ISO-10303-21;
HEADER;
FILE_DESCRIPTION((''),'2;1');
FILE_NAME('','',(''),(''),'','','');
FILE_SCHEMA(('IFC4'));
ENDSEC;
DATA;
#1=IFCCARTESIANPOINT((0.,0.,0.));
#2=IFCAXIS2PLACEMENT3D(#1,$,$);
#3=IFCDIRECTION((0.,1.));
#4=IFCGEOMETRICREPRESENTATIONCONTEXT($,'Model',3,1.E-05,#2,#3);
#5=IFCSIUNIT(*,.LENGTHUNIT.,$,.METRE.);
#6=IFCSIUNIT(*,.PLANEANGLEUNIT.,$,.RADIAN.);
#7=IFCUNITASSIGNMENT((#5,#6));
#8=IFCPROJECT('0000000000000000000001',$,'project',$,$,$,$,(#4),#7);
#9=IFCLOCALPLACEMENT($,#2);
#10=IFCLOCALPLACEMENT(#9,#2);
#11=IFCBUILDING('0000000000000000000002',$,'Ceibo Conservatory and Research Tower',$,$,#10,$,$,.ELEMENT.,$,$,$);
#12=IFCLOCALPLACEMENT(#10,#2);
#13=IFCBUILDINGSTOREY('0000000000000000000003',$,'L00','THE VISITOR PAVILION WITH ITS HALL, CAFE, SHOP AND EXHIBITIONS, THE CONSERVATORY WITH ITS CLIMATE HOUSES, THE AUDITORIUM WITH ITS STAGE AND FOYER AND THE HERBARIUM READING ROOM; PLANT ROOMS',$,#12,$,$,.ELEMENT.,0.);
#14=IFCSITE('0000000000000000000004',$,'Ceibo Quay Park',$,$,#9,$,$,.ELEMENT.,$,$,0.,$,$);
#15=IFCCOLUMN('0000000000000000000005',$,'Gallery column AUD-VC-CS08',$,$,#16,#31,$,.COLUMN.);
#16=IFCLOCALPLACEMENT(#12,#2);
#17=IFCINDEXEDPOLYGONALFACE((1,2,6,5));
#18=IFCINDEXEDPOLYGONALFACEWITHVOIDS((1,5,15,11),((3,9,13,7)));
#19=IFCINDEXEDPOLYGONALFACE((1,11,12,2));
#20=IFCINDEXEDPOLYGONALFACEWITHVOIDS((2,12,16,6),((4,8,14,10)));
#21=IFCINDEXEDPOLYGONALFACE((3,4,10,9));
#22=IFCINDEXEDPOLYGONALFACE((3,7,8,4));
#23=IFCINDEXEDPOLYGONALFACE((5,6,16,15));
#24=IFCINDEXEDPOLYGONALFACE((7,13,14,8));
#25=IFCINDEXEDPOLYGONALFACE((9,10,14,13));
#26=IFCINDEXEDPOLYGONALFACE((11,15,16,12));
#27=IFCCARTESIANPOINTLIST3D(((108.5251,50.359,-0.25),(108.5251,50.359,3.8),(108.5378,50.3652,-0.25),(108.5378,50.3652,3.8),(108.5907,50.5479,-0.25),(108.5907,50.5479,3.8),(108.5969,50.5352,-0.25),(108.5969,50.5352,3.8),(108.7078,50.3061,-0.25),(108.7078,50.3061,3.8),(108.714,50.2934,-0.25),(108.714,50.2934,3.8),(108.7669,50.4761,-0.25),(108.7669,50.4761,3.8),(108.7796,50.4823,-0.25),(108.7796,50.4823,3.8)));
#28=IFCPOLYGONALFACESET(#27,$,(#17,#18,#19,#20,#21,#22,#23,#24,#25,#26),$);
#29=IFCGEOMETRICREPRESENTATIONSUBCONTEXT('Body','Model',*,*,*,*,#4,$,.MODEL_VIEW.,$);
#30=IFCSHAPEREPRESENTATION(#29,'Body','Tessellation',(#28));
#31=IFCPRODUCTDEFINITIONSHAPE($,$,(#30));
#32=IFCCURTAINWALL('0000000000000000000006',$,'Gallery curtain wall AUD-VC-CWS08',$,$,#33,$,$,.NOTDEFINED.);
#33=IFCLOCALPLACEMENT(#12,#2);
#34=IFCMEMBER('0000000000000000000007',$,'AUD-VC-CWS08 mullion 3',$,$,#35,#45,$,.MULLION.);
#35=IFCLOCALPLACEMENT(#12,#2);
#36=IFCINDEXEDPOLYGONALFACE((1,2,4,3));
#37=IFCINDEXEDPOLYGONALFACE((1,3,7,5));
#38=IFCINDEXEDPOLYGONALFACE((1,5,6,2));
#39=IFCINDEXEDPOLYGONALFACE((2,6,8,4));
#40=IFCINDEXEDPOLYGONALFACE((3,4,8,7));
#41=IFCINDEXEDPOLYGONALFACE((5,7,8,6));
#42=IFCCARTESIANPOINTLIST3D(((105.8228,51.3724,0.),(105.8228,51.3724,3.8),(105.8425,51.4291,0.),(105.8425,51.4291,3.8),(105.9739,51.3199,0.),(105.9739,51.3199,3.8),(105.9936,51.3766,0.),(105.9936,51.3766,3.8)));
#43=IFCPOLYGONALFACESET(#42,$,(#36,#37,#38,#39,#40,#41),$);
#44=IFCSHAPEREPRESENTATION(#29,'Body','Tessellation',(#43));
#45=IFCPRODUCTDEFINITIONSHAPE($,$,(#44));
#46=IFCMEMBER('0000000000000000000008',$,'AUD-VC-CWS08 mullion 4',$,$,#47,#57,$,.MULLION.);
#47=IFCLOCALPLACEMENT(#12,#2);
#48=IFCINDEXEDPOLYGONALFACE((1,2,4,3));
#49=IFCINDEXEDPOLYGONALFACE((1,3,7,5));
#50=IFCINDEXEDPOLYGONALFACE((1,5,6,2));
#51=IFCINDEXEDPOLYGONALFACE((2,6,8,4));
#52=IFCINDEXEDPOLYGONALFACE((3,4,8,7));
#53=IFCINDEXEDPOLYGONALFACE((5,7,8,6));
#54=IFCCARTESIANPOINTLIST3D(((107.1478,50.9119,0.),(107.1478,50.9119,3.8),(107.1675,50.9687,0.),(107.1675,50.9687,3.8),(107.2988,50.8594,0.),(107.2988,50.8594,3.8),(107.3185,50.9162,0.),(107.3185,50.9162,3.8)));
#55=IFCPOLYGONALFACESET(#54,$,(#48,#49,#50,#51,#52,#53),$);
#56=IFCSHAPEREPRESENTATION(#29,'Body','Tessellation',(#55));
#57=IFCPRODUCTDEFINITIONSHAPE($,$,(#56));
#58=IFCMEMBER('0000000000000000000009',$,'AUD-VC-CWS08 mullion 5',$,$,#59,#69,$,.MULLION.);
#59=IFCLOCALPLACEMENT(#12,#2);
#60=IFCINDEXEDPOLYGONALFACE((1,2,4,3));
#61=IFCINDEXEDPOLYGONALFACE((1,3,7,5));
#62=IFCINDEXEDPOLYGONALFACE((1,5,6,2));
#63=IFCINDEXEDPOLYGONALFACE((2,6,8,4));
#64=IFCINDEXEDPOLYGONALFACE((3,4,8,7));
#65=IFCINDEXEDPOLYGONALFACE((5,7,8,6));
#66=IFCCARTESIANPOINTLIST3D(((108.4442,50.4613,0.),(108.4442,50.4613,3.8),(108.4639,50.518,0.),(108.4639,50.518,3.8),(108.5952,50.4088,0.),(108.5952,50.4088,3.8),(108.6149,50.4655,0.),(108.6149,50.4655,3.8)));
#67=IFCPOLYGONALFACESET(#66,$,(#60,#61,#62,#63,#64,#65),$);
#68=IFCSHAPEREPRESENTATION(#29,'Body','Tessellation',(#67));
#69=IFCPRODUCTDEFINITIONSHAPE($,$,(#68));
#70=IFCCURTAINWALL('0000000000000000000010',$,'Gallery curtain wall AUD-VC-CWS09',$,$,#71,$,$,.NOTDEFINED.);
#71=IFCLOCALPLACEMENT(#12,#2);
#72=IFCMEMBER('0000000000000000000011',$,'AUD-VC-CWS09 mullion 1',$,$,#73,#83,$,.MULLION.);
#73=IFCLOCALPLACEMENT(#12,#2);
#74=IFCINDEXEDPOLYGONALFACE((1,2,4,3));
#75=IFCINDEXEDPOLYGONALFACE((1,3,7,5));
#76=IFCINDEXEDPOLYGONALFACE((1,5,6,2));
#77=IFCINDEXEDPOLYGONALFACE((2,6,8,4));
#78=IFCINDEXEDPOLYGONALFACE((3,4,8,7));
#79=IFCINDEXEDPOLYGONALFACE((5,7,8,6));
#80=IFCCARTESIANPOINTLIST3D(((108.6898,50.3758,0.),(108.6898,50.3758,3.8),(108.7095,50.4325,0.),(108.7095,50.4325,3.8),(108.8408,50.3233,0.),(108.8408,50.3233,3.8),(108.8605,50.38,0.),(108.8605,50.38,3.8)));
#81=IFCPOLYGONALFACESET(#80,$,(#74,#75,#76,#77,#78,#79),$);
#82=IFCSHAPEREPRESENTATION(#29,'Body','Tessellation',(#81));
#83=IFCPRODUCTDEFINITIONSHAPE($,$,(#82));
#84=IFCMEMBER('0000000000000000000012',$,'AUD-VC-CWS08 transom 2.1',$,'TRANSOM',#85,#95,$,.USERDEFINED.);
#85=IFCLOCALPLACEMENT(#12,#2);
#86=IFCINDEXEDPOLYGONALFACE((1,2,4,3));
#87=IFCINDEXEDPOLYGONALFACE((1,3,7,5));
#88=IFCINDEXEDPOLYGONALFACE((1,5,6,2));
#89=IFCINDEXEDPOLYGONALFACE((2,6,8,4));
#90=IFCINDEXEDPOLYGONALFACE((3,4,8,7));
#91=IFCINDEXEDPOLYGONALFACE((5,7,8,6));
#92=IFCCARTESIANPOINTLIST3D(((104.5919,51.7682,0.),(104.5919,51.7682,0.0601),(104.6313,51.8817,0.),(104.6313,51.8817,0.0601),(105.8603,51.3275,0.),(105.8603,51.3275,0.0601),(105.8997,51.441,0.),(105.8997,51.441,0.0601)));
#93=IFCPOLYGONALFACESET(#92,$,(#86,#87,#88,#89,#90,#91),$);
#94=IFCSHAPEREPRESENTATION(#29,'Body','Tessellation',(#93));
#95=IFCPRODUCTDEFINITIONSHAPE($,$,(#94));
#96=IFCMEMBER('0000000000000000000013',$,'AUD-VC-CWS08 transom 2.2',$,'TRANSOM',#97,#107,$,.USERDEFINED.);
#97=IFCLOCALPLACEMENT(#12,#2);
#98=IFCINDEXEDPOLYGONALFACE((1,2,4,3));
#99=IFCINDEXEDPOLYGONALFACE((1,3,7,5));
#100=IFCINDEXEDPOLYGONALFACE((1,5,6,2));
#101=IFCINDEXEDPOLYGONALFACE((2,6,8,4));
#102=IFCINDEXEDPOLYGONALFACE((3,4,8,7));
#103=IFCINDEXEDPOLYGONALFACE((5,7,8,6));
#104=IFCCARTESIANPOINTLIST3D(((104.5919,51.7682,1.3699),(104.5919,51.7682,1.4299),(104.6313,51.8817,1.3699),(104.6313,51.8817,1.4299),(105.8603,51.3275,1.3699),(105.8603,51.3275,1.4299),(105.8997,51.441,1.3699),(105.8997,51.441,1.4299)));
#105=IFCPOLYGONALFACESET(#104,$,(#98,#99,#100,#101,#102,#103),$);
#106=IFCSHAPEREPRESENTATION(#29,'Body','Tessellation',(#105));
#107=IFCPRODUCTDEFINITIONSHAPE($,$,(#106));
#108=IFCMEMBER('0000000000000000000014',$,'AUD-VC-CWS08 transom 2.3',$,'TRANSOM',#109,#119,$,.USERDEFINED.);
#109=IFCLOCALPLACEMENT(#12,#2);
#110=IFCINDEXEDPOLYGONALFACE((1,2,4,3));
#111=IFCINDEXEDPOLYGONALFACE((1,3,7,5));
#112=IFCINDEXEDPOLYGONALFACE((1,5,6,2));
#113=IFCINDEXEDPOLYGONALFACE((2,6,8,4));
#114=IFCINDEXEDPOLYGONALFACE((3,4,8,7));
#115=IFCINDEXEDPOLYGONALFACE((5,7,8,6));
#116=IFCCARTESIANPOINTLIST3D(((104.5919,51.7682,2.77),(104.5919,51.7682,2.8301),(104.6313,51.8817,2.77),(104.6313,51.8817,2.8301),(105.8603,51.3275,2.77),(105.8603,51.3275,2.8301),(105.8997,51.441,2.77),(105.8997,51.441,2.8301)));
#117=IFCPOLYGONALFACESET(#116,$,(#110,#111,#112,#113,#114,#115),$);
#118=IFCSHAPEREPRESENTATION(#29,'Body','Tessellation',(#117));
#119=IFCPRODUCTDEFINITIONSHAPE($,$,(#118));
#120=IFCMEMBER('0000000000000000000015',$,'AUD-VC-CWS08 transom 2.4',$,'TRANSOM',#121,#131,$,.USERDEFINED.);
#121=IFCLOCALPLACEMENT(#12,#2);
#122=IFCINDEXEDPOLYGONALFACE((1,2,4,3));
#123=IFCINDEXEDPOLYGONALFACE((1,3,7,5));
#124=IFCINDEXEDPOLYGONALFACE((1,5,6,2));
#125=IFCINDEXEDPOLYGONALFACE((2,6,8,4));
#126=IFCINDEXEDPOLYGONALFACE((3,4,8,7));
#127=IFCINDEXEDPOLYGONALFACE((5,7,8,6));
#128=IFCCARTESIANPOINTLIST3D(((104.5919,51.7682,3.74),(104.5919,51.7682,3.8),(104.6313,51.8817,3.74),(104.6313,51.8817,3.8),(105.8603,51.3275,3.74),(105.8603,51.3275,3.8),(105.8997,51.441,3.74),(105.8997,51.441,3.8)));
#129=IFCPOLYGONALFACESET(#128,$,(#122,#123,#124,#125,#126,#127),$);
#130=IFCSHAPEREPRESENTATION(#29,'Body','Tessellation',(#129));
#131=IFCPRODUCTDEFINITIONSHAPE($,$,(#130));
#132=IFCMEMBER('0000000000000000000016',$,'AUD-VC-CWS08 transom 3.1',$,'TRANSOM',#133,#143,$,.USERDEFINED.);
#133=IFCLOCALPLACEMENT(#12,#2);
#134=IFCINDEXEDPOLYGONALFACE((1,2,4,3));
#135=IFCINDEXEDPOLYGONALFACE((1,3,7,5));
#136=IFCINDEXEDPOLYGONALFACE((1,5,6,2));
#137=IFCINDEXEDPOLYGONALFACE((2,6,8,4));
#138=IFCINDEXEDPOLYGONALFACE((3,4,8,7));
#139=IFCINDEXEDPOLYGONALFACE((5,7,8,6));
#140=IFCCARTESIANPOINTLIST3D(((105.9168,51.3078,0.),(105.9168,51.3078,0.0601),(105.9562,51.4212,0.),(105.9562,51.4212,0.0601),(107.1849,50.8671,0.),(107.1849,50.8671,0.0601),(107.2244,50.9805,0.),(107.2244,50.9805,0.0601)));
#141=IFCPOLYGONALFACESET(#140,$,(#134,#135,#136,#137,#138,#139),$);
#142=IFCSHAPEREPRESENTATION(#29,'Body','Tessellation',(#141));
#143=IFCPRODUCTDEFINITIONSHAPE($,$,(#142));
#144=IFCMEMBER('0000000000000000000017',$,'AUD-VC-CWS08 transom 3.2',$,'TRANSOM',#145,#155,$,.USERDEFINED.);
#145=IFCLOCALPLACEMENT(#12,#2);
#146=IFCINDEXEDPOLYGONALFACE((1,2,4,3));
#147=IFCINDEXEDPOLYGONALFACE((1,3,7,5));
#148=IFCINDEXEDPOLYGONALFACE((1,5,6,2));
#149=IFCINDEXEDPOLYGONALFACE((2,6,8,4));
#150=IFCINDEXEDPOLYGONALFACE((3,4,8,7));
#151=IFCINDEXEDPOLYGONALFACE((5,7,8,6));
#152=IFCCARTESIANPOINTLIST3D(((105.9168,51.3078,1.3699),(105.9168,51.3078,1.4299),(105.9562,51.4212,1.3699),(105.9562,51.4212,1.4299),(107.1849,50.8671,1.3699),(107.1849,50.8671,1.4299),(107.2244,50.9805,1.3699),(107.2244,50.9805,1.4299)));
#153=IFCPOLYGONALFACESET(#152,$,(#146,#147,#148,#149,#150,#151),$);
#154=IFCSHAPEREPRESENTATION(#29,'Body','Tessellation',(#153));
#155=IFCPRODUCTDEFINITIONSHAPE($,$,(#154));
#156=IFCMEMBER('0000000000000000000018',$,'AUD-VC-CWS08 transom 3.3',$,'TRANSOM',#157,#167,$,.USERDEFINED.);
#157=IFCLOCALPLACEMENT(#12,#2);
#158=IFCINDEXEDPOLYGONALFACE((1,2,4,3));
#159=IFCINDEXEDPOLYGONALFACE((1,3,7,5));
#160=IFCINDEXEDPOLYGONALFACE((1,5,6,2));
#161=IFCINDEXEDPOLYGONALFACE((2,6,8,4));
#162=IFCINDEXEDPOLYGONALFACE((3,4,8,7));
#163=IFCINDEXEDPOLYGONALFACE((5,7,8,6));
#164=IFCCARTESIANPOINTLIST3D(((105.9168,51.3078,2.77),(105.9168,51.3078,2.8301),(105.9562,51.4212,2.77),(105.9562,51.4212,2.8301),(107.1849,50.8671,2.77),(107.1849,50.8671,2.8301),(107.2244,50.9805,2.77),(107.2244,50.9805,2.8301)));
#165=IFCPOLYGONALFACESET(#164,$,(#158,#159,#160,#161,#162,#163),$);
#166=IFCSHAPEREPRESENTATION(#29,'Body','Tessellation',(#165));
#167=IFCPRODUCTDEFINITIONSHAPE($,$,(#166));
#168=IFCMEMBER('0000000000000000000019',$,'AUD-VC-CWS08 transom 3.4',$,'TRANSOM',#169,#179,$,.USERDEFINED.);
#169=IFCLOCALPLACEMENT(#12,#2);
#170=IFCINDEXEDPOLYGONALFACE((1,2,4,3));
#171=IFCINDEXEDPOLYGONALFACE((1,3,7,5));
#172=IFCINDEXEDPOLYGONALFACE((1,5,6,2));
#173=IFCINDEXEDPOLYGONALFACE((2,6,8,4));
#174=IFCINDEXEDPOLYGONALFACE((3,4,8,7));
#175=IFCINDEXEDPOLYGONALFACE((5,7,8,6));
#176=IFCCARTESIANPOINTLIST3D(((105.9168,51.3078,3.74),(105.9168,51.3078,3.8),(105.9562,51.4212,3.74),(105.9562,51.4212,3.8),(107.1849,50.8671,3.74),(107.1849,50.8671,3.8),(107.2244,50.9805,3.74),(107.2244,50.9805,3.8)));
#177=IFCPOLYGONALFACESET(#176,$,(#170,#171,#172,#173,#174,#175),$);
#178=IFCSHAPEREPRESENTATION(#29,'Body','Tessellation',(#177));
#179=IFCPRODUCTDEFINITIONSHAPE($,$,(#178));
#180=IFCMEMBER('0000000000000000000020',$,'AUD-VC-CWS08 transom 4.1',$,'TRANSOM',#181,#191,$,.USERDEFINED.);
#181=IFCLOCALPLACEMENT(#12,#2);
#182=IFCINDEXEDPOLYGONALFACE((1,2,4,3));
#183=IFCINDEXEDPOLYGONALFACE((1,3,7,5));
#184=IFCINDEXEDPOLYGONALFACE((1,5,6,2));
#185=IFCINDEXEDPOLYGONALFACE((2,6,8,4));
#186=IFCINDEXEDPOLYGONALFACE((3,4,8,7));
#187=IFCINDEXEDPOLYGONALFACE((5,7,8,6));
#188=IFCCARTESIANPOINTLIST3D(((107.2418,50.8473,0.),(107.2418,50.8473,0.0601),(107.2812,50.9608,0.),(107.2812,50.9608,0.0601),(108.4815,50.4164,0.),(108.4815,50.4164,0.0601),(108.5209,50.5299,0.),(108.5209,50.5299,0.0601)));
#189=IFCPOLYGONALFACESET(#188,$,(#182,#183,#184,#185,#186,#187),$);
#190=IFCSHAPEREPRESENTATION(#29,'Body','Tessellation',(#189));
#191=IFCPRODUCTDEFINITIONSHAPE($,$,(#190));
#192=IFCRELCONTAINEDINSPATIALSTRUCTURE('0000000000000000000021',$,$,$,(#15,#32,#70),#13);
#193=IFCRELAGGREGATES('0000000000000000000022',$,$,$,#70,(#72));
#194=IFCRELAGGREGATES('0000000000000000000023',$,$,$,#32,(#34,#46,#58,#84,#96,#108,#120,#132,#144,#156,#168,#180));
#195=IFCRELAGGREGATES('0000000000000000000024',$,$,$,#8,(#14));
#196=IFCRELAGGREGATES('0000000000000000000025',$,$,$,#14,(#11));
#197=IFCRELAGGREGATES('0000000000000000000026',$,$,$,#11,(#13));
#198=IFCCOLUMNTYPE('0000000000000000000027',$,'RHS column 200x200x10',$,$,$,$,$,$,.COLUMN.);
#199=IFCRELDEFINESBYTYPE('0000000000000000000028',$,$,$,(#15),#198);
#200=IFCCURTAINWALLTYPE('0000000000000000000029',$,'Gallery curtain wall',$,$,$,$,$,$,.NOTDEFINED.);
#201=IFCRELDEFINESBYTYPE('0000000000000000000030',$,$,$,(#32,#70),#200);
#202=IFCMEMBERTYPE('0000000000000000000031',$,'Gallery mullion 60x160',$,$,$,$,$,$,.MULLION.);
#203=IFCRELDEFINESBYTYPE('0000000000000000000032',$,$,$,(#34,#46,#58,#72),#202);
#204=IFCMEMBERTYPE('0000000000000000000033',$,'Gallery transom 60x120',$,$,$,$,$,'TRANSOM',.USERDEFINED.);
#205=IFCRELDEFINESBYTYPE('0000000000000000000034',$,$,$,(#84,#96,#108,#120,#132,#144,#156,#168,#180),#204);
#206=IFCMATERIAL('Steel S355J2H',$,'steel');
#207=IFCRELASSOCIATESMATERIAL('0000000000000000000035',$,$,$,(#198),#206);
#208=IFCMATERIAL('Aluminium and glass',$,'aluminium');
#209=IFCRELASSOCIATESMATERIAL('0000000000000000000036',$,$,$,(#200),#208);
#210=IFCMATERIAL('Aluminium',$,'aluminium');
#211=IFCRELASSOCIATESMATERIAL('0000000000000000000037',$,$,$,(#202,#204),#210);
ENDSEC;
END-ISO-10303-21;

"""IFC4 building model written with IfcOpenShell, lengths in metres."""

from ifc_helpers import new_model, si_unit, direction, frame, origin, origin_2d, place, context, subcontext, project, spatial, rectangle, hollow_rectangle, extrude, material, material_profile, profile_set, type_object, element, aggregate, save


model = new_model("IFC4")

# Units and contexts
model_context = context("Model", 3, precision=1e-05, world=origin(), true_north=direction((0.0, 1.0)))
body_context = subcontext(model_context, "Body", "Model", "MODEL_VIEW")
ifc_project = project(units=[si_unit("LENGTHUNIT", "METRE"), si_unit("PLANEANGLEUNIT", "RADIAN")], contexts=[model_context])

# Site, building, storey
site_placement = place(None, origin())
site = spatial("IfcSite", under=ifc_project, at=site_placement, Name="Ceibo Quay Park", CompositionType="ELEMENT", RefElevation=0.0)
building_placement = place(site_placement, origin())
building = spatial("IfcBuilding", under=site, at=building_placement, Name="Ceibo Conservatory and Research Tower", CompositionType="ELEMENT")
storey_placement = place(building_placement, origin())
storey = spatial("IfcBuildingStorey", under=building, at=storey_placement, Name="L00", Description="THE VISITOR PAVILION WITH ITS HALL, CAFE, SHOP AND EXHIBITIONS, THE CONSERVATORY WITH ITS CLIMATE HOUSES, THE AUDITORIUM WITH ITS STAGE AND FOYER AND THE HERBARIUM READING ROOM; PLANT ROOMS", CompositionType="ELEMENT", Elevation=0.0)

# Column
ifc_material_1 = material(Name="Steel S355J2H", Category="steel")
ifc_material_profile_1 = material_profile(ifc_material_1, hollow_rectangle(XDim=0.2, YDim=0.2, WallThickness=0.01, at=origin_2d()), Name="RHS column 200x200x10")
ifc_profile_set_1 = profile_set([ifc_material_profile_1], Name="Steel S355J2H")
column_type = type_object("IfcColumnType", Name="RHS column 200x200x10", PredefinedType="COLUMN", material=ifc_profile_set_1)
column_placement = place(storey_placement, frame((108.6523, 50.4207, -0.25), z_axis=(0.0, 0.0, 1.0), x_axis=(0.944579, -0.328284, 0.0)))
element("IfcColumn", 1, at=column_placement, inside=storey, type_object=column_type, Name="Gallery column AUD-VC-CS08", PredefinedType="COLUMN", context=body_context, shape_type="SweptSolid", body=[
    extrude(hollow_rectangle(XDim=0.2, YDim=0.2, WallThickness=0.01, at=origin_2d()), origin(), (0.0, 0.0, 1.0), 4.05),
])

# Curtain wall, members
ifc_material_2 = material(Name="Aluminium and glass", Category="aluminium")
curtain_wall_type = type_object("IfcCurtainWallType", Name="Gallery curtain wall", PredefinedType="NOTDEFINED", material=ifc_material_2)
curtain_wall_1_placement = place(storey_placement, origin())
curtain_wall_1 = element("IfcCurtainWall", 2, at=curtain_wall_1_placement, inside=storey, type_object=curtain_wall_type, Name="Gallery curtain wall AUD-VC-CWS08", PredefinedType="NOTDEFINED")
ifc_material_3 = material(Name="Aluminium", Category="aluminium")
ifc_material_profile_2 = material_profile(ifc_material_3, rectangle(XDim=0.0601, YDim=0.1599, at=origin_2d()), Name="AL 60x160")
ifc_profile_set_2 = profile_set([ifc_material_profile_2], Name="Aluminium")
member_type_1 = type_object("IfcMemberType", Name="Gallery mullion 60x160", PredefinedType="MULLION", material=ifc_profile_set_2)
member_1_placement = place(storey_placement, frame((105.9082, 51.3745, 0.0), z_axis=(0.0, 0.0, 1.0), x_axis=(0.328284, 0.944579, 0.0)))
member_1 = element("IfcMember", 3, at=member_1_placement, type_object=member_type_1, Name="AUD-VC-CWS08 mullion 3", PredefinedType="MULLION", context=body_context, shape_type="SweptSolid", body=[
    extrude(rectangle(XDim=0.0601, YDim=0.1599, at=origin_2d()), origin(), (0.0, 0.0, 1.0), 3.8),
])
member_2_placement = place(storey_placement, frame((107.2332, 50.9141, 0.0), z_axis=(0.0, 0.0, 1.0), x_axis=(0.328284, 0.944579, 0.0)))
member_2 = element("IfcMember", 4, at=member_2_placement, type_object=member_type_1, Name="AUD-VC-CWS08 mullion 4", PredefinedType="MULLION", context=body_context, shape_type="SweptSolid", body=[
    extrude(rectangle(XDim=0.0601, YDim=0.1599, at=origin_2d()), origin(), (0.0, 0.0, 1.0), 3.8),
])
member_3_placement = place(storey_placement, frame((108.5295, 50.4634, 0.0), z_axis=(0.0, 0.0, 1.0), x_axis=(0.328284, 0.944579, 0.0)))
member_3 = element("IfcMember", 5, at=member_3_placement, type_object=member_type_1, Name="AUD-VC-CWS08 mullion 5", PredefinedType="MULLION", context=body_context, shape_type="SweptSolid", body=[
    extrude(rectangle(XDim=0.0601, YDim=0.1599, at=origin_2d()), origin(), (0.0, 0.0, 1.0), 3.8),
])

# Curtain wall, member
curtain_wall_2_placement = place(storey_placement, origin())
curtain_wall_2 = element("IfcCurtainWall", 6, at=curtain_wall_2_placement, inside=storey, type_object=curtain_wall_type, Name="Gallery curtain wall AUD-VC-CWS09", PredefinedType="NOTDEFINED")
member_4_placement = place(storey_placement, frame((108.7751, 50.3779, 0.0), z_axis=(0.0, 0.0, 1.0), x_axis=(0.328284, 0.944579, 0.0)))
member_4 = element("IfcMember", 7, at=member_4_placement, type_object=member_type_1, Name="AUD-VC-CWS09 mullion 1", PredefinedType="MULLION", context=body_context, shape_type="SweptSolid", body=[
    extrude(rectangle(XDim=0.0601, YDim=0.1599, at=origin_2d()), origin(), (0.0, 0.0, 1.0), 3.8),
])

# Members
ifc_material_profile_3 = material_profile(ifc_material_3, rectangle(XDim=0.1201, YDim=0.0601, at=origin_2d()), Name="AL 60x120")
ifc_profile_set_3 = profile_set([ifc_material_profile_3], Name="Aluminium")
member_type_2 = type_object("IfcMemberType", Name="Gallery transom 60x120", ElementType="TRANSOM", PredefinedType="USERDEFINED", material=ifc_profile_set_3)
member_5_placement = place(storey_placement, frame((104.6116, 51.825, 0.03), z_axis=(0.944607, -0.328203, 0.0), x_axis=(0.328203, 0.944607, 0.0)))
member_5 = element("IfcMember", 8, at=member_5_placement, type_object=member_type_2, Name="AUD-VC-CWS08 transom 2.1", ObjectType="TRANSOM", PredefinedType="USERDEFINED", context=body_context, shape_type="SweptSolid", body=[
    extrude(rectangle(XDim=0.1201, YDim=0.0601, at=origin_2d()), origin(), (0.0, 0.0, 1.0), 1.3428),
])
member_6_placement = place(storey_placement, frame((104.6116, 51.825, 1.3999), z_axis=(0.944607, -0.328203, 0.0), x_axis=(0.328203, 0.944607, 0.0)))
member_6 = element("IfcMember", 9, at=member_6_placement, type_object=member_type_2, Name="AUD-VC-CWS08 transom 2.2", ObjectType="TRANSOM", PredefinedType="USERDEFINED", context=body_context, shape_type="SweptSolid", body=[
    extrude(rectangle(XDim=0.1201, YDim=0.0601, at=origin_2d()), origin(), (0.0, 0.0, 1.0), 1.3428),
])
member_7_placement = place(storey_placement, frame((104.6116, 51.825, 2.8), z_axis=(0.944607, -0.328203, 0.0), x_axis=(0.328203, 0.944607, 0.0)))
member_7 = element("IfcMember", 10, at=member_7_placement, type_object=member_type_2, Name="AUD-VC-CWS08 transom 2.3", ObjectType="TRANSOM", PredefinedType="USERDEFINED", context=body_context, shape_type="SweptSolid", body=[
    extrude(rectangle(XDim=0.1201, YDim=0.0601, at=origin_2d()), origin(), (0.0, 0.0, 1.0), 1.3428),
])
member_8_placement = place(storey_placement, frame((104.6116, 51.825, 3.77), z_axis=(0.944607, -0.328203, 0.0), x_axis=(0.328203, 0.944607, 0.0)))
member_8 = element("IfcMember", 11, at=member_8_placement, type_object=member_type_2, Name="AUD-VC-CWS08 transom 2.4", ObjectType="TRANSOM", PredefinedType="USERDEFINED", context=body_context, shape_type="SweptSolid", body=[
    extrude(rectangle(XDim=0.1201, YDim=0.0601, at=origin_2d()), origin(), (0.0, 0.0, 1.0), 1.3428),
])
member_9_placement = place(storey_placement, frame((105.9365, 51.3645, 0.03), z_axis=(0.944588, -0.32826, 0.0), x_axis=(0.32826, 0.944588, 0.0)))
member_9 = element("IfcMember", 12, at=member_9_placement, type_object=member_type_2, Name="AUD-VC-CWS08 transom 3.1", ObjectType="TRANSOM", PredefinedType="USERDEFINED", context=body_context, shape_type="SweptSolid", body=[
    extrude(rectangle(XDim=0.1201, YDim=0.0601, at=origin_2d()), origin(), (0.0, 0.0, 1.0), 1.3425),
])
member_10_placement = place(storey_placement, frame((105.9365, 51.3645, 1.3999), z_axis=(0.944588, -0.32826, 0.0), x_axis=(0.32826, 0.944588, 0.0)))
member_10 = element("IfcMember", 13, at=member_10_placement, type_object=member_type_2, Name="AUD-VC-CWS08 transom 3.2", ObjectType="TRANSOM", PredefinedType="USERDEFINED", context=body_context, shape_type="SweptSolid", body=[
    extrude(rectangle(XDim=0.1201, YDim=0.0601, at=origin_2d()), origin(), (0.0, 0.0, 1.0), 1.3425),
])
member_11_placement = place(storey_placement, frame((105.9365, 51.3645, 2.8), z_axis=(0.944588, -0.32826, 0.0), x_axis=(0.32826, 0.944588, 0.0)))
member_11 = element("IfcMember", 14, at=member_11_placement, type_object=member_type_2, Name="AUD-VC-CWS08 transom 3.3", ObjectType="TRANSOM", PredefinedType="USERDEFINED", context=body_context, shape_type="SweptSolid", body=[
    extrude(rectangle(XDim=0.1201, YDim=0.0601, at=origin_2d()), origin(), (0.0, 0.0, 1.0), 1.3425),
])
member_12_placement = place(storey_placement, frame((105.9365, 51.3645, 3.77), z_axis=(0.944588, -0.32826, 0.0), x_axis=(0.32826, 0.944588, 0.0)))
member_12 = element("IfcMember", 15, at=member_12_placement, type_object=member_type_2, Name="AUD-VC-CWS08 transom 3.4", ObjectType="TRANSOM", PredefinedType="USERDEFINED", context=body_context, shape_type="SweptSolid", body=[
    extrude(rectangle(XDim=0.1201, YDim=0.0601, at=origin_2d()), origin(), (0.0, 0.0, 1.0), 1.3425),
])
member_13_placement = place(storey_placement, frame((107.2615, 50.9041, 0.03), z_axis=(0.94457, -0.328311, 0.0), x_axis=(0.328311, 0.94457, 0.0)))
member_13 = element("IfcMember", 16, at=member_13_placement, type_object=member_type_2, Name="AUD-VC-CWS08 transom 4.1", ObjectType="TRANSOM", PredefinedType="USERDEFINED", context=body_context, shape_type="SweptSolid", body=[
    extrude(rectangle(XDim=0.1201, YDim=0.0601, at=origin_2d()), origin(), (0.0, 0.0, 1.0), 1.3125),
])
aggregate(curtain_wall_2, [member_4])

aggregate(curtain_wall_1, [member_1, member_2, member_3, member_5, member_6, member_7, member_8, member_9, member_10, member_11, member_12, member_13])

save(model, "model.ifc")
